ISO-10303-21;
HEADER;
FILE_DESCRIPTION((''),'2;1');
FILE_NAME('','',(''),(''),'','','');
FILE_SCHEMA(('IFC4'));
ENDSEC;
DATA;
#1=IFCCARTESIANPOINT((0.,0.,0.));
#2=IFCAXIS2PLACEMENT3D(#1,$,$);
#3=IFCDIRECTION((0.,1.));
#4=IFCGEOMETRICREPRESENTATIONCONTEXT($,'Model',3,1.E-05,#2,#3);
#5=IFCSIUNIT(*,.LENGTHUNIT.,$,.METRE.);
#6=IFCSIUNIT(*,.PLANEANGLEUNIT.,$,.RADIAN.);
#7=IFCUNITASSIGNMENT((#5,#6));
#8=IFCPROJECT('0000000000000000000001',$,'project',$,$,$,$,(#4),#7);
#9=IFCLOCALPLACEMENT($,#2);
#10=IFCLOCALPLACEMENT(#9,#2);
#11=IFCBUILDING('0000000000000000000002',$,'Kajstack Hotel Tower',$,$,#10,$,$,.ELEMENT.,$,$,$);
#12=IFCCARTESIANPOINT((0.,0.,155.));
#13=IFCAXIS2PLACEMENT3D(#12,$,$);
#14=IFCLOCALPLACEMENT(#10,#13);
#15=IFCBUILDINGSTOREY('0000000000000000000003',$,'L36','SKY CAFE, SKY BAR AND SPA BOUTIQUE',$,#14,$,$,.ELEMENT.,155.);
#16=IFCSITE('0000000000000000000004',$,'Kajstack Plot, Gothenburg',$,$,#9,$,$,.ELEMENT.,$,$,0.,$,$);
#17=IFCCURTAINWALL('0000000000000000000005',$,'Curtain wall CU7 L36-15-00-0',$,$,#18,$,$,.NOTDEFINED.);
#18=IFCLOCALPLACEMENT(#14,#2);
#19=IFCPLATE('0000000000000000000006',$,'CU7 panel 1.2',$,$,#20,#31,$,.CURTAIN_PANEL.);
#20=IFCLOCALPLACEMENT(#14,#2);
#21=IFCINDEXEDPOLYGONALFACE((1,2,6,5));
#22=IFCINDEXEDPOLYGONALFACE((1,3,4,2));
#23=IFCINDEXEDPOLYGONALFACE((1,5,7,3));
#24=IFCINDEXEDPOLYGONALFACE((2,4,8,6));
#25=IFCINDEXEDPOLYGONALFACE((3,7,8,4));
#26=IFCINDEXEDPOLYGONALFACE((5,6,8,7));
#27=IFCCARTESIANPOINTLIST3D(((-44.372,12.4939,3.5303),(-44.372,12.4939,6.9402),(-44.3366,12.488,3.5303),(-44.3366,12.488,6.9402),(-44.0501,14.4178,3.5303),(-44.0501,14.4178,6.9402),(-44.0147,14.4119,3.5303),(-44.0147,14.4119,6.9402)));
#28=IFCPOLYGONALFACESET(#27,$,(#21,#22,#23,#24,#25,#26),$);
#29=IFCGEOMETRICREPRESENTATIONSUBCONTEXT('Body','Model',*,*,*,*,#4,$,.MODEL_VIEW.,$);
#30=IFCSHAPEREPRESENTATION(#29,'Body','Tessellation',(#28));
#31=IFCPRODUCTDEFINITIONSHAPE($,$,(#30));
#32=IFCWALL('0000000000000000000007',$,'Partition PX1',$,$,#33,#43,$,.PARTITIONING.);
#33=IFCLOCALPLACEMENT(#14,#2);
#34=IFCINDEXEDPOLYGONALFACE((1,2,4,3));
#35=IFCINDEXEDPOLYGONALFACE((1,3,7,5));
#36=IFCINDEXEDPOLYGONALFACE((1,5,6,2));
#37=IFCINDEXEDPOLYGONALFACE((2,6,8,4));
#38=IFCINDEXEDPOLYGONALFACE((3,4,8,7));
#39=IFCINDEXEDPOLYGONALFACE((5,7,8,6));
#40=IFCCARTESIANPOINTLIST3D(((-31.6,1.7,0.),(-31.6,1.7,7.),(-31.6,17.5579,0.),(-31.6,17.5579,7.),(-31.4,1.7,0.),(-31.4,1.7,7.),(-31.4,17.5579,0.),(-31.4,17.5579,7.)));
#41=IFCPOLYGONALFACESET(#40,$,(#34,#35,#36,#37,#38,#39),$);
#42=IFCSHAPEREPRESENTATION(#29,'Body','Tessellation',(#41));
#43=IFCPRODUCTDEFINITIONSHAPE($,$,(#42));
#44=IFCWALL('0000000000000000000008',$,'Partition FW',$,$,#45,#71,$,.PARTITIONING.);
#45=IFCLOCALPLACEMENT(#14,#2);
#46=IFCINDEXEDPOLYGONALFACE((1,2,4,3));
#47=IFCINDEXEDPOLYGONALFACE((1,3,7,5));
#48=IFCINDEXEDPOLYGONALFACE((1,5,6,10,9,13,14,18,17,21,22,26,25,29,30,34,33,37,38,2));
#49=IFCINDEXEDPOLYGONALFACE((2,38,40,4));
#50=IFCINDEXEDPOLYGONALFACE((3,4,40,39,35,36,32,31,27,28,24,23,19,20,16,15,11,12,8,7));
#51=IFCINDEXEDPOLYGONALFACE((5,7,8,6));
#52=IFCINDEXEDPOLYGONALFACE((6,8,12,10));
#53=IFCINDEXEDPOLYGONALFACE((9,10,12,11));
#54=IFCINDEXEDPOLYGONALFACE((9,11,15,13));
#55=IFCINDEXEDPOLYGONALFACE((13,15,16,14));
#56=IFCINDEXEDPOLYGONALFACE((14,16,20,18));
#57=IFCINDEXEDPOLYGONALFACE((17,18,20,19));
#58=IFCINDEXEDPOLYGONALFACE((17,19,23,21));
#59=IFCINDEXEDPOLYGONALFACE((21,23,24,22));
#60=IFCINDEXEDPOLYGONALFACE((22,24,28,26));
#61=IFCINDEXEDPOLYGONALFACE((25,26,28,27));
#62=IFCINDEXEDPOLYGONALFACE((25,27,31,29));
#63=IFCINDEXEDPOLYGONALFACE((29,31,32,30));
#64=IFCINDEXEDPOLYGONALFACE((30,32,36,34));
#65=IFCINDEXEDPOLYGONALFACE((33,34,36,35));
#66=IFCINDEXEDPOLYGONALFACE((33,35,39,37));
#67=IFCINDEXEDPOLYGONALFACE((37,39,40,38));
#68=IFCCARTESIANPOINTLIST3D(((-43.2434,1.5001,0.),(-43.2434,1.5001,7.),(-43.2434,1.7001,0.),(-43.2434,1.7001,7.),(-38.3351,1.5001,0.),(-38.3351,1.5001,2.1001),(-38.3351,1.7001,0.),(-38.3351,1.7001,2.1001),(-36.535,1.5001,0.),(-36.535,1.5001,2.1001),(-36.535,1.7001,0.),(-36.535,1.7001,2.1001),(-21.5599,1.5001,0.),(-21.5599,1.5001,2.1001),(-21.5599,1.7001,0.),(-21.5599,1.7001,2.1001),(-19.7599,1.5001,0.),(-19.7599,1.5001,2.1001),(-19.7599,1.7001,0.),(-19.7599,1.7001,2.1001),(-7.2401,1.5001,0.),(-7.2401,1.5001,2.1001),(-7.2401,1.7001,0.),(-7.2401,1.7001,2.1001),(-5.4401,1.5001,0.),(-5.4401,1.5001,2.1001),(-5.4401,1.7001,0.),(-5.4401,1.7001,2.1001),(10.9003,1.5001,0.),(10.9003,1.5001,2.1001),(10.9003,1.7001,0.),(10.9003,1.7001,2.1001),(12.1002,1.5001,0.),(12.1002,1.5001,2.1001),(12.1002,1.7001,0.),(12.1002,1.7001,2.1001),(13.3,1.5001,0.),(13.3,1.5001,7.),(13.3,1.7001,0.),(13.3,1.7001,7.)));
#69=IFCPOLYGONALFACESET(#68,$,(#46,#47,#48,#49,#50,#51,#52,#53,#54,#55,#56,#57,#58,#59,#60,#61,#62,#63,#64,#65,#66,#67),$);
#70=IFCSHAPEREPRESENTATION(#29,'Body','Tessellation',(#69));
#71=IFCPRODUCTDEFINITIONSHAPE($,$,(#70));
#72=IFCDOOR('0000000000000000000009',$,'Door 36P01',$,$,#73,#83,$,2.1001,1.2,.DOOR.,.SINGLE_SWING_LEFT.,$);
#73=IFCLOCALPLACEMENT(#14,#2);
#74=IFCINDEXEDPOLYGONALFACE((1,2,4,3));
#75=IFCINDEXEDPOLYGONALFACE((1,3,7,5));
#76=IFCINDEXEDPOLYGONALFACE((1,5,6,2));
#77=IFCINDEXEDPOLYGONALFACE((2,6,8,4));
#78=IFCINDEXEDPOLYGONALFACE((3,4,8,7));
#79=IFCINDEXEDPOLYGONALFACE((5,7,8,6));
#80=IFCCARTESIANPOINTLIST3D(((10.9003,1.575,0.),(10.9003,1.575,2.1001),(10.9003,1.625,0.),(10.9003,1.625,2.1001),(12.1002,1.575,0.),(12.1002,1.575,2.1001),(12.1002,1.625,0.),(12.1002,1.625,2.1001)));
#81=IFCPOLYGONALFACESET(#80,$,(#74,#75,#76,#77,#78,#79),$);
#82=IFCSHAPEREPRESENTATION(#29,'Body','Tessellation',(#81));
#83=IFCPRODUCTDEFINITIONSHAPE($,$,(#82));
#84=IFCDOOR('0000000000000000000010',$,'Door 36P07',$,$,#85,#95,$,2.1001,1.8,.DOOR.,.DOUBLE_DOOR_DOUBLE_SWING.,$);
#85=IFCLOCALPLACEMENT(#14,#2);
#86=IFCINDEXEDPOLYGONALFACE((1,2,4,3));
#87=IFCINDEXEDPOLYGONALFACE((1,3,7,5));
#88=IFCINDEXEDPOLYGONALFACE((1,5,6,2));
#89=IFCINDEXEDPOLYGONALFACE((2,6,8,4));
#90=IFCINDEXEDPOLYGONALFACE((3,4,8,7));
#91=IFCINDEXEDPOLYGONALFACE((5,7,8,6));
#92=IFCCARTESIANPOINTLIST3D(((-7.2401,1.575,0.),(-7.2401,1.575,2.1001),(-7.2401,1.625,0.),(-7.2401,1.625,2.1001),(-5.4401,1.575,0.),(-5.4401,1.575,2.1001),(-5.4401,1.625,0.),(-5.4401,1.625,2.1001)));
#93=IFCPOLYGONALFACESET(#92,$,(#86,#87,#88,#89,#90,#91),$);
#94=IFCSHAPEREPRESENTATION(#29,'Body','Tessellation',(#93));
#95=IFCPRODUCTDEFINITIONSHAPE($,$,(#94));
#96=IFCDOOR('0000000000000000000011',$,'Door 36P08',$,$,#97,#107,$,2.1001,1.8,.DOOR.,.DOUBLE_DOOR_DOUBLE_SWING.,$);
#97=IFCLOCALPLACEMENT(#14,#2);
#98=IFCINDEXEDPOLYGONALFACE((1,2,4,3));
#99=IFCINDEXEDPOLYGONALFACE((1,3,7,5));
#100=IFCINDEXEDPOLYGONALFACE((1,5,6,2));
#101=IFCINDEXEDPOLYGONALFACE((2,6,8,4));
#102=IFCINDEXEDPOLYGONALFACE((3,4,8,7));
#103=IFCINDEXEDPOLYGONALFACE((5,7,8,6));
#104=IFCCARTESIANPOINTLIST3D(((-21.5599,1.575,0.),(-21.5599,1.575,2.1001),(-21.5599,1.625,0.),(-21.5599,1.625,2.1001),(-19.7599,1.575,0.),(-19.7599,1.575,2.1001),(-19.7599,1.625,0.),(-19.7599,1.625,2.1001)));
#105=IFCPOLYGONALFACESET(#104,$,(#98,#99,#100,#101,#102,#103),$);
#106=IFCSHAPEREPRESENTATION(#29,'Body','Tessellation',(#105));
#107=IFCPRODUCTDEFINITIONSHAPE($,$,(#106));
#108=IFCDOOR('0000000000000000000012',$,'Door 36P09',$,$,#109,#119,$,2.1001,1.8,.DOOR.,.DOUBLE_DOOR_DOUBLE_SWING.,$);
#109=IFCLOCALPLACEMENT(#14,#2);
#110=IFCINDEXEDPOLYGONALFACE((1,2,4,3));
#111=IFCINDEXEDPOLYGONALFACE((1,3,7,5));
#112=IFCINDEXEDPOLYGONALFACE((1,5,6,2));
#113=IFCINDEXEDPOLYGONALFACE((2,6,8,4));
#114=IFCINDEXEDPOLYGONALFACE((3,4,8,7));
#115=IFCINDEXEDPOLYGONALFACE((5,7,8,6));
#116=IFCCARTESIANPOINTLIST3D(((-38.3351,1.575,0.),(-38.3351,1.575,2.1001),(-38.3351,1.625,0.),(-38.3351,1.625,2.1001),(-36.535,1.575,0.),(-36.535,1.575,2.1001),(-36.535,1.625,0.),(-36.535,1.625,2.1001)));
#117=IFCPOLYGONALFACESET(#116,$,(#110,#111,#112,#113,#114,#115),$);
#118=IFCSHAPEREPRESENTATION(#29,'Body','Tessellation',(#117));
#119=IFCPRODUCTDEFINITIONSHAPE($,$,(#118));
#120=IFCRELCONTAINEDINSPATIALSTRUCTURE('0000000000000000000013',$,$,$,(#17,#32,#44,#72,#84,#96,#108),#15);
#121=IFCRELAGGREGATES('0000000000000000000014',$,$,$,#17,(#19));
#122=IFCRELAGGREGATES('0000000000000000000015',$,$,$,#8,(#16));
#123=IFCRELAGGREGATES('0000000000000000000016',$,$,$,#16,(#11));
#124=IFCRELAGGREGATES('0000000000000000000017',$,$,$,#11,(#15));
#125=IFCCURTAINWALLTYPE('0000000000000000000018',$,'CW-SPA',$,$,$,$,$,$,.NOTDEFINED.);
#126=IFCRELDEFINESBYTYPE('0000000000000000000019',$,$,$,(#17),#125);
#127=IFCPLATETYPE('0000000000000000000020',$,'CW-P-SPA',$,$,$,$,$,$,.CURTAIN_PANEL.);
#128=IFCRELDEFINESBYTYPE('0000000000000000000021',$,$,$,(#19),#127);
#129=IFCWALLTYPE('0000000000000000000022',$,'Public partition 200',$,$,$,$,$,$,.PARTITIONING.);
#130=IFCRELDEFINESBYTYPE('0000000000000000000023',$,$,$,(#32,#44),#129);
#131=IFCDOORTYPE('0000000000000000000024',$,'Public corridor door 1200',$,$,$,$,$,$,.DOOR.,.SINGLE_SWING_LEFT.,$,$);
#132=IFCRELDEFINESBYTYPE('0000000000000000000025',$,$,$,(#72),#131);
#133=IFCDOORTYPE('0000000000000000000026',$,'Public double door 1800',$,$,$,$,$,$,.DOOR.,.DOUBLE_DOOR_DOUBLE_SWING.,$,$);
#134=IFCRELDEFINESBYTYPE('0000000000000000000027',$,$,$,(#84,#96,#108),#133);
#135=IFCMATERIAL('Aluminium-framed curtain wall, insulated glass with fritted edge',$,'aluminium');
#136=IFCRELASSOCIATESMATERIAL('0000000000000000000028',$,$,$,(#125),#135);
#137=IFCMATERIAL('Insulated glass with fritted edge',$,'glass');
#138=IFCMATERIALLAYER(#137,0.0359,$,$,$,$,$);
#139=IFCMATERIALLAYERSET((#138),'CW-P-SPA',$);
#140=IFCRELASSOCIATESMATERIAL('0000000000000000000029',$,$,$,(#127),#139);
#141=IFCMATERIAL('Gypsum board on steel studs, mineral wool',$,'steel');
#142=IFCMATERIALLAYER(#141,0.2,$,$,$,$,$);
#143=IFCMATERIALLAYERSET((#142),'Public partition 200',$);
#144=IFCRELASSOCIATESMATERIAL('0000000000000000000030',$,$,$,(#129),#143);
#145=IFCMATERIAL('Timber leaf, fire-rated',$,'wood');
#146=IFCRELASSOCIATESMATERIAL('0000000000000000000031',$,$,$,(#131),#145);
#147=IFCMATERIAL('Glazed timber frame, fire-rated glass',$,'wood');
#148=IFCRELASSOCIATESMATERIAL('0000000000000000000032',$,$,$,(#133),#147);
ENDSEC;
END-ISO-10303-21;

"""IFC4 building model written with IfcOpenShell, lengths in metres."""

from ifc_helpers import new_model, si_unit, direction, frame, frame_2d, origin, origin_2d, place, context, subcontext, project, spatial, rectangle, extrude, material, layer, layer_set, type_object, element, fill, aggregate, save


model = new_model("IFC4")

# Units and contexts
model_context = context("Model", 3, precision=1e-05, world=origin(), true_north=direction((0.0, 1.0)))
body_context = subcontext(model_context, "Body", "Model", "MODEL_VIEW")
ifc_project = project(units=[si_unit("LENGTHUNIT", "METRE"), si_unit("PLANEANGLEUNIT", "RADIAN")], contexts=[model_context])

# Site, building, storey
site_placement = place(None, origin())
site = spatial("IfcSite", under=ifc_project, at=site_placement, Name="Kajstack Plot, Gothenburg", CompositionType="ELEMENT", RefElevation=0.0)
building_placement = place(site_placement, origin())
building = spatial("IfcBuilding", under=site, at=building_placement, Name="Kajstack Hotel Tower", CompositionType="ELEMENT")
storey_placement = place(building_placement, frame((0.0, 0.0, 155.0)))
storey = spatial("IfcBuildingStorey", under=building, at=storey_placement, Name="L36", Description="SKY CAFE, SKY BAR AND SPA BOUTIQUE", CompositionType="ELEMENT", Elevation=155.0)

# Shared definitions
ifc_material_1 = material(Name="Aluminium-framed curtain wall, insulated glass with fritted edge", Category="aluminium")
curtain_wall_type = type_object("IfcCurtainWallType", Name="CW-SPA", PredefinedType="NOTDEFINED", material=ifc_material_1)

# Curtain wall
curtain_wall_1_placement = place(storey_placement, origin())
curtain_wall_1 = element("IfcCurtainWall", 1, at=curtain_wall_1_placement, inside=storey, type_object=curtain_wall_type, Name="Curtain wall CU7 L36-15-00-0", PredefinedType="NOTDEFINED")

# Plate
ifc_material_2 = material(Name="Insulated glass with fritted edge", Category="glass")
ifc_layer_1 = layer(ifc_material_2, 0.0359)
ifc_layer_set_1 = layer_set([ifc_layer_1], Name="CW-P-SPA")
plate_type = type_object("IfcPlateType", Name="CW-P-SPA", PredefinedType="CURTAIN_PANEL", material=ifc_layer_set_1)
plate_1_placement = place(storey_placement, frame((-44.1934, 13.4529, 3.5303), z_axis=(0.0, 0.0, 1.0), x_axis=(-0.165025, -0.986289, 0.0)))
plate_1 = element("IfcPlate", 2, at=plate_1_placement, type_object=plate_type, Name="CU7 panel 1.2", PredefinedType="CURTAIN_PANEL", context=body_context, shape_type="SweptSolid", body=[
    extrude(rectangle(XDim=1.9507, YDim=0.0359, at=origin_2d()), origin(), (0.0, 0.0, 1.0), 3.4099),
])
aggregate(curtain_wall_1, [plate_1])

# Wall
ifc_material_3 = material(Name="Gypsum board on steel studs, mineral wool", Category="steel")
ifc_layer_2 = layer(ifc_material_3, 0.2)
ifc_layer_set_2 = layer_set([ifc_layer_2], Name="Public partition 200")
wall_type = type_object("IfcWallType", Name="Public partition 200", PredefinedType="PARTITIONING", material=ifc_layer_set_2)
wall_1_placement = place(storey_placement, frame((-31.5, 1.7, 0.0), z_axis=(0.0, 0.0, 1.0), x_axis=(0.0, 1.0, 0.0)))
element("IfcWall", 3, at=wall_1_placement, inside=storey, type_object=wall_type, Name="Partition PX1", PredefinedType="PARTITIONING", context=body_context, shape_type="SweptSolid", body=[
    extrude(rectangle(XDim=15.8579, YDim=0.2, at=frame_2d((7.929, 0.0))), origin(), (0.0, 0.0, 1.0), 7.0),
])

# Wall, openings, doors
wall_2_placement = place(storey_placement, frame((-43.2434, 1.6001, 0.0), z_axis=(0.0, 0.0, 1.0), x_axis=(1.0, 0.0, 0.0)))
wall_2 = element("IfcWall", 4, at=wall_2_placement, inside=storey, type_object=wall_type, Name="Partition FW", PredefinedType="PARTITIONING", context=body_context, shape_type="SweptSolid", body=[
    extrude(rectangle(XDim=56.5435, YDim=0.2, at=frame_2d((28.2717, 0.0))), origin(), (0.0, 0.0, 1.0), 7.0),
])
opening_1_placement = place(wall_2_placement, frame((54.1436, 0.0, 0.0)))
opening_1 = element("IfcOpeningElement", 5, at=opening_1_placement, cuts=wall_2, PredefinedType="OPENING", context=body_context, shape_type="SweptSolid", body=[
    extrude(rectangle(XDim=1.2, YDim=2.1001, at=frame_2d((0.6001, 1.05))), frame((0.0, 0.1099, 0.0), z_axis=(0.0, -1.0, 0.0), x_axis=(1.0, 0.0, 0.0)), (0.0, 0.0, 1.0), 0.22),
])
opening_2_placement = place(wall_2_placement, frame((36.0034, 0.0, 0.0)))
opening_2 = element("IfcOpeningElement", 6, at=opening_2_placement, cuts=wall_2, PredefinedType="OPENING", context=body_context, shape_type="SweptSolid", body=[
    extrude(rectangle(XDim=1.8, YDim=2.1001, at=frame_2d((0.8999, 1.05))), frame((0.0, 0.1099, 0.0), z_axis=(0.0, -1.0, 0.0), x_axis=(1.0, 0.0, 0.0)), (0.0, 0.0, 1.0), 0.22),
])
opening_3_placement = place(wall_2_placement, frame((21.6836, 0.0, 0.0)))
opening_3 = element("IfcOpeningElement", 7, at=opening_3_placement, cuts=wall_2, PredefinedType="OPENING", context=body_context, shape_type="SweptSolid", body=[
    extrude(rectangle(XDim=1.8, YDim=2.1001, at=frame_2d((0.8999, 1.05))), frame((0.0, 0.1099, 0.0), z_axis=(0.0, -1.0, 0.0), x_axis=(1.0, 0.0, 0.0)), (0.0, 0.0, 1.0), 0.22),
])
opening_4_placement = place(wall_2_placement, frame((4.9084, 0.0, 0.0)))
opening_4 = element("IfcOpeningElement", 8, at=opening_4_placement, cuts=wall_2, PredefinedType="OPENING", context=body_context, shape_type="SweptSolid", body=[
    extrude(rectangle(XDim=1.8, YDim=2.1001, at=frame_2d((0.8999, 1.05))), frame((0.0, 0.1099, 0.0), z_axis=(0.0, -1.0, 0.0), x_axis=(1.0, 0.0, 0.0)), (0.0, 0.0, 1.0), 0.22),
])
ifc_material_4 = material(Name="Timber leaf, fire-rated", Category="wood")
door_type_1 = type_object("IfcDoorType", Name="Public corridor door 1200", OperationType="SINGLE_SWING_LEFT", PredefinedType="DOOR", material=ifc_material_4)
door_1_placement = place(opening_1_placement, origin())
door_1 = element("IfcDoor", 9, at=door_1_placement, inside=storey, type_object=door_type_1, Name="Door 36P01", OperationType="SINGLE_SWING_LEFT", OverallHeight=2.1001, OverallWidth=1.2, PredefinedType="DOOR", context=body_context, shape_type="SweptSolid", body=[
    extrude(rectangle(XDim=1.2, YDim=2.1001, at=frame_2d((0.6001, 1.05))), frame((0.0, 0.0249, 0.0), z_axis=(0.0, -1.0, 0.0), x_axis=(1.0, 0.0, 0.0)), (0.0, 0.0, 1.0), 0.05),
])
fill(opening_1, door_1)
ifc_material_5 = material(Name="Glazed timber frame, fire-rated glass", Category="wood")
door_type_2 = type_object("IfcDoorType", Name="Public double door 1800", OperationType="DOUBLE_DOOR_DOUBLE_SWING", PredefinedType="DOOR", material=ifc_material_5)
door_2_placement = place(opening_2_placement, origin())
door_2 = element("IfcDoor", 10, at=door_2_placement, inside=storey, type_object=door_type_2, Name="Door 36P07", OperationType="DOUBLE_DOOR_DOUBLE_SWING", OverallHeight=2.1001, OverallWidth=1.8, PredefinedType="DOOR", context=body_context, shape_type="SweptSolid", body=[
    extrude(rectangle(XDim=1.8, YDim=2.1001, at=frame_2d((0.8999, 1.05))), frame((0.0, 0.0249, 0.0), z_axis=(0.0, -1.0, 0.0), x_axis=(1.0, 0.0, 0.0)), (0.0, 0.0, 1.0), 0.05),
])
fill(opening_2, door_2)
door_3_placement = place(opening_3_placement, origin())
door_3 = element("IfcDoor", 11, at=door_3_placement, inside=storey, type_object=door_type_2, Name="Door 36P08", OperationType="DOUBLE_DOOR_DOUBLE_SWING", OverallHeight=2.1001, OverallWidth=1.8, PredefinedType="DOOR", context=body_context, shape_type="SweptSolid", body=[
    extrude(rectangle(XDim=1.8, YDim=2.1001, at=frame_2d((0.8999, 1.05))), frame((0.0, 0.0249, 0.0), z_axis=(0.0, -1.0, 0.0), x_axis=(1.0, 0.0, 0.0)), (0.0, 0.0, 1.0), 0.05),
])
fill(opening_3, door_3)
door_4_placement = place(opening_4_placement, origin())
door_4 = element("IfcDoor", 12, at=door_4_placement, inside=storey, type_object=door_type_2, Name="Door 36P09", OperationType="DOUBLE_DOOR_DOUBLE_SWING", OverallHeight=2.1001, OverallWidth=1.8, PredefinedType="DOOR", context=body_context, shape_type="SweptSolid", body=[
    extrude(rectangle(XDim=1.8, YDim=2.1001, at=frame_2d((0.8999, 1.05))), frame((0.0, 0.0249, 0.0), z_axis=(0.0, -1.0, 0.0), x_axis=(1.0, 0.0, 0.0)), (0.0, 0.0, 1.0), 0.05),
])
fill(opening_4, door_4)

save(model, "model.ifc")
